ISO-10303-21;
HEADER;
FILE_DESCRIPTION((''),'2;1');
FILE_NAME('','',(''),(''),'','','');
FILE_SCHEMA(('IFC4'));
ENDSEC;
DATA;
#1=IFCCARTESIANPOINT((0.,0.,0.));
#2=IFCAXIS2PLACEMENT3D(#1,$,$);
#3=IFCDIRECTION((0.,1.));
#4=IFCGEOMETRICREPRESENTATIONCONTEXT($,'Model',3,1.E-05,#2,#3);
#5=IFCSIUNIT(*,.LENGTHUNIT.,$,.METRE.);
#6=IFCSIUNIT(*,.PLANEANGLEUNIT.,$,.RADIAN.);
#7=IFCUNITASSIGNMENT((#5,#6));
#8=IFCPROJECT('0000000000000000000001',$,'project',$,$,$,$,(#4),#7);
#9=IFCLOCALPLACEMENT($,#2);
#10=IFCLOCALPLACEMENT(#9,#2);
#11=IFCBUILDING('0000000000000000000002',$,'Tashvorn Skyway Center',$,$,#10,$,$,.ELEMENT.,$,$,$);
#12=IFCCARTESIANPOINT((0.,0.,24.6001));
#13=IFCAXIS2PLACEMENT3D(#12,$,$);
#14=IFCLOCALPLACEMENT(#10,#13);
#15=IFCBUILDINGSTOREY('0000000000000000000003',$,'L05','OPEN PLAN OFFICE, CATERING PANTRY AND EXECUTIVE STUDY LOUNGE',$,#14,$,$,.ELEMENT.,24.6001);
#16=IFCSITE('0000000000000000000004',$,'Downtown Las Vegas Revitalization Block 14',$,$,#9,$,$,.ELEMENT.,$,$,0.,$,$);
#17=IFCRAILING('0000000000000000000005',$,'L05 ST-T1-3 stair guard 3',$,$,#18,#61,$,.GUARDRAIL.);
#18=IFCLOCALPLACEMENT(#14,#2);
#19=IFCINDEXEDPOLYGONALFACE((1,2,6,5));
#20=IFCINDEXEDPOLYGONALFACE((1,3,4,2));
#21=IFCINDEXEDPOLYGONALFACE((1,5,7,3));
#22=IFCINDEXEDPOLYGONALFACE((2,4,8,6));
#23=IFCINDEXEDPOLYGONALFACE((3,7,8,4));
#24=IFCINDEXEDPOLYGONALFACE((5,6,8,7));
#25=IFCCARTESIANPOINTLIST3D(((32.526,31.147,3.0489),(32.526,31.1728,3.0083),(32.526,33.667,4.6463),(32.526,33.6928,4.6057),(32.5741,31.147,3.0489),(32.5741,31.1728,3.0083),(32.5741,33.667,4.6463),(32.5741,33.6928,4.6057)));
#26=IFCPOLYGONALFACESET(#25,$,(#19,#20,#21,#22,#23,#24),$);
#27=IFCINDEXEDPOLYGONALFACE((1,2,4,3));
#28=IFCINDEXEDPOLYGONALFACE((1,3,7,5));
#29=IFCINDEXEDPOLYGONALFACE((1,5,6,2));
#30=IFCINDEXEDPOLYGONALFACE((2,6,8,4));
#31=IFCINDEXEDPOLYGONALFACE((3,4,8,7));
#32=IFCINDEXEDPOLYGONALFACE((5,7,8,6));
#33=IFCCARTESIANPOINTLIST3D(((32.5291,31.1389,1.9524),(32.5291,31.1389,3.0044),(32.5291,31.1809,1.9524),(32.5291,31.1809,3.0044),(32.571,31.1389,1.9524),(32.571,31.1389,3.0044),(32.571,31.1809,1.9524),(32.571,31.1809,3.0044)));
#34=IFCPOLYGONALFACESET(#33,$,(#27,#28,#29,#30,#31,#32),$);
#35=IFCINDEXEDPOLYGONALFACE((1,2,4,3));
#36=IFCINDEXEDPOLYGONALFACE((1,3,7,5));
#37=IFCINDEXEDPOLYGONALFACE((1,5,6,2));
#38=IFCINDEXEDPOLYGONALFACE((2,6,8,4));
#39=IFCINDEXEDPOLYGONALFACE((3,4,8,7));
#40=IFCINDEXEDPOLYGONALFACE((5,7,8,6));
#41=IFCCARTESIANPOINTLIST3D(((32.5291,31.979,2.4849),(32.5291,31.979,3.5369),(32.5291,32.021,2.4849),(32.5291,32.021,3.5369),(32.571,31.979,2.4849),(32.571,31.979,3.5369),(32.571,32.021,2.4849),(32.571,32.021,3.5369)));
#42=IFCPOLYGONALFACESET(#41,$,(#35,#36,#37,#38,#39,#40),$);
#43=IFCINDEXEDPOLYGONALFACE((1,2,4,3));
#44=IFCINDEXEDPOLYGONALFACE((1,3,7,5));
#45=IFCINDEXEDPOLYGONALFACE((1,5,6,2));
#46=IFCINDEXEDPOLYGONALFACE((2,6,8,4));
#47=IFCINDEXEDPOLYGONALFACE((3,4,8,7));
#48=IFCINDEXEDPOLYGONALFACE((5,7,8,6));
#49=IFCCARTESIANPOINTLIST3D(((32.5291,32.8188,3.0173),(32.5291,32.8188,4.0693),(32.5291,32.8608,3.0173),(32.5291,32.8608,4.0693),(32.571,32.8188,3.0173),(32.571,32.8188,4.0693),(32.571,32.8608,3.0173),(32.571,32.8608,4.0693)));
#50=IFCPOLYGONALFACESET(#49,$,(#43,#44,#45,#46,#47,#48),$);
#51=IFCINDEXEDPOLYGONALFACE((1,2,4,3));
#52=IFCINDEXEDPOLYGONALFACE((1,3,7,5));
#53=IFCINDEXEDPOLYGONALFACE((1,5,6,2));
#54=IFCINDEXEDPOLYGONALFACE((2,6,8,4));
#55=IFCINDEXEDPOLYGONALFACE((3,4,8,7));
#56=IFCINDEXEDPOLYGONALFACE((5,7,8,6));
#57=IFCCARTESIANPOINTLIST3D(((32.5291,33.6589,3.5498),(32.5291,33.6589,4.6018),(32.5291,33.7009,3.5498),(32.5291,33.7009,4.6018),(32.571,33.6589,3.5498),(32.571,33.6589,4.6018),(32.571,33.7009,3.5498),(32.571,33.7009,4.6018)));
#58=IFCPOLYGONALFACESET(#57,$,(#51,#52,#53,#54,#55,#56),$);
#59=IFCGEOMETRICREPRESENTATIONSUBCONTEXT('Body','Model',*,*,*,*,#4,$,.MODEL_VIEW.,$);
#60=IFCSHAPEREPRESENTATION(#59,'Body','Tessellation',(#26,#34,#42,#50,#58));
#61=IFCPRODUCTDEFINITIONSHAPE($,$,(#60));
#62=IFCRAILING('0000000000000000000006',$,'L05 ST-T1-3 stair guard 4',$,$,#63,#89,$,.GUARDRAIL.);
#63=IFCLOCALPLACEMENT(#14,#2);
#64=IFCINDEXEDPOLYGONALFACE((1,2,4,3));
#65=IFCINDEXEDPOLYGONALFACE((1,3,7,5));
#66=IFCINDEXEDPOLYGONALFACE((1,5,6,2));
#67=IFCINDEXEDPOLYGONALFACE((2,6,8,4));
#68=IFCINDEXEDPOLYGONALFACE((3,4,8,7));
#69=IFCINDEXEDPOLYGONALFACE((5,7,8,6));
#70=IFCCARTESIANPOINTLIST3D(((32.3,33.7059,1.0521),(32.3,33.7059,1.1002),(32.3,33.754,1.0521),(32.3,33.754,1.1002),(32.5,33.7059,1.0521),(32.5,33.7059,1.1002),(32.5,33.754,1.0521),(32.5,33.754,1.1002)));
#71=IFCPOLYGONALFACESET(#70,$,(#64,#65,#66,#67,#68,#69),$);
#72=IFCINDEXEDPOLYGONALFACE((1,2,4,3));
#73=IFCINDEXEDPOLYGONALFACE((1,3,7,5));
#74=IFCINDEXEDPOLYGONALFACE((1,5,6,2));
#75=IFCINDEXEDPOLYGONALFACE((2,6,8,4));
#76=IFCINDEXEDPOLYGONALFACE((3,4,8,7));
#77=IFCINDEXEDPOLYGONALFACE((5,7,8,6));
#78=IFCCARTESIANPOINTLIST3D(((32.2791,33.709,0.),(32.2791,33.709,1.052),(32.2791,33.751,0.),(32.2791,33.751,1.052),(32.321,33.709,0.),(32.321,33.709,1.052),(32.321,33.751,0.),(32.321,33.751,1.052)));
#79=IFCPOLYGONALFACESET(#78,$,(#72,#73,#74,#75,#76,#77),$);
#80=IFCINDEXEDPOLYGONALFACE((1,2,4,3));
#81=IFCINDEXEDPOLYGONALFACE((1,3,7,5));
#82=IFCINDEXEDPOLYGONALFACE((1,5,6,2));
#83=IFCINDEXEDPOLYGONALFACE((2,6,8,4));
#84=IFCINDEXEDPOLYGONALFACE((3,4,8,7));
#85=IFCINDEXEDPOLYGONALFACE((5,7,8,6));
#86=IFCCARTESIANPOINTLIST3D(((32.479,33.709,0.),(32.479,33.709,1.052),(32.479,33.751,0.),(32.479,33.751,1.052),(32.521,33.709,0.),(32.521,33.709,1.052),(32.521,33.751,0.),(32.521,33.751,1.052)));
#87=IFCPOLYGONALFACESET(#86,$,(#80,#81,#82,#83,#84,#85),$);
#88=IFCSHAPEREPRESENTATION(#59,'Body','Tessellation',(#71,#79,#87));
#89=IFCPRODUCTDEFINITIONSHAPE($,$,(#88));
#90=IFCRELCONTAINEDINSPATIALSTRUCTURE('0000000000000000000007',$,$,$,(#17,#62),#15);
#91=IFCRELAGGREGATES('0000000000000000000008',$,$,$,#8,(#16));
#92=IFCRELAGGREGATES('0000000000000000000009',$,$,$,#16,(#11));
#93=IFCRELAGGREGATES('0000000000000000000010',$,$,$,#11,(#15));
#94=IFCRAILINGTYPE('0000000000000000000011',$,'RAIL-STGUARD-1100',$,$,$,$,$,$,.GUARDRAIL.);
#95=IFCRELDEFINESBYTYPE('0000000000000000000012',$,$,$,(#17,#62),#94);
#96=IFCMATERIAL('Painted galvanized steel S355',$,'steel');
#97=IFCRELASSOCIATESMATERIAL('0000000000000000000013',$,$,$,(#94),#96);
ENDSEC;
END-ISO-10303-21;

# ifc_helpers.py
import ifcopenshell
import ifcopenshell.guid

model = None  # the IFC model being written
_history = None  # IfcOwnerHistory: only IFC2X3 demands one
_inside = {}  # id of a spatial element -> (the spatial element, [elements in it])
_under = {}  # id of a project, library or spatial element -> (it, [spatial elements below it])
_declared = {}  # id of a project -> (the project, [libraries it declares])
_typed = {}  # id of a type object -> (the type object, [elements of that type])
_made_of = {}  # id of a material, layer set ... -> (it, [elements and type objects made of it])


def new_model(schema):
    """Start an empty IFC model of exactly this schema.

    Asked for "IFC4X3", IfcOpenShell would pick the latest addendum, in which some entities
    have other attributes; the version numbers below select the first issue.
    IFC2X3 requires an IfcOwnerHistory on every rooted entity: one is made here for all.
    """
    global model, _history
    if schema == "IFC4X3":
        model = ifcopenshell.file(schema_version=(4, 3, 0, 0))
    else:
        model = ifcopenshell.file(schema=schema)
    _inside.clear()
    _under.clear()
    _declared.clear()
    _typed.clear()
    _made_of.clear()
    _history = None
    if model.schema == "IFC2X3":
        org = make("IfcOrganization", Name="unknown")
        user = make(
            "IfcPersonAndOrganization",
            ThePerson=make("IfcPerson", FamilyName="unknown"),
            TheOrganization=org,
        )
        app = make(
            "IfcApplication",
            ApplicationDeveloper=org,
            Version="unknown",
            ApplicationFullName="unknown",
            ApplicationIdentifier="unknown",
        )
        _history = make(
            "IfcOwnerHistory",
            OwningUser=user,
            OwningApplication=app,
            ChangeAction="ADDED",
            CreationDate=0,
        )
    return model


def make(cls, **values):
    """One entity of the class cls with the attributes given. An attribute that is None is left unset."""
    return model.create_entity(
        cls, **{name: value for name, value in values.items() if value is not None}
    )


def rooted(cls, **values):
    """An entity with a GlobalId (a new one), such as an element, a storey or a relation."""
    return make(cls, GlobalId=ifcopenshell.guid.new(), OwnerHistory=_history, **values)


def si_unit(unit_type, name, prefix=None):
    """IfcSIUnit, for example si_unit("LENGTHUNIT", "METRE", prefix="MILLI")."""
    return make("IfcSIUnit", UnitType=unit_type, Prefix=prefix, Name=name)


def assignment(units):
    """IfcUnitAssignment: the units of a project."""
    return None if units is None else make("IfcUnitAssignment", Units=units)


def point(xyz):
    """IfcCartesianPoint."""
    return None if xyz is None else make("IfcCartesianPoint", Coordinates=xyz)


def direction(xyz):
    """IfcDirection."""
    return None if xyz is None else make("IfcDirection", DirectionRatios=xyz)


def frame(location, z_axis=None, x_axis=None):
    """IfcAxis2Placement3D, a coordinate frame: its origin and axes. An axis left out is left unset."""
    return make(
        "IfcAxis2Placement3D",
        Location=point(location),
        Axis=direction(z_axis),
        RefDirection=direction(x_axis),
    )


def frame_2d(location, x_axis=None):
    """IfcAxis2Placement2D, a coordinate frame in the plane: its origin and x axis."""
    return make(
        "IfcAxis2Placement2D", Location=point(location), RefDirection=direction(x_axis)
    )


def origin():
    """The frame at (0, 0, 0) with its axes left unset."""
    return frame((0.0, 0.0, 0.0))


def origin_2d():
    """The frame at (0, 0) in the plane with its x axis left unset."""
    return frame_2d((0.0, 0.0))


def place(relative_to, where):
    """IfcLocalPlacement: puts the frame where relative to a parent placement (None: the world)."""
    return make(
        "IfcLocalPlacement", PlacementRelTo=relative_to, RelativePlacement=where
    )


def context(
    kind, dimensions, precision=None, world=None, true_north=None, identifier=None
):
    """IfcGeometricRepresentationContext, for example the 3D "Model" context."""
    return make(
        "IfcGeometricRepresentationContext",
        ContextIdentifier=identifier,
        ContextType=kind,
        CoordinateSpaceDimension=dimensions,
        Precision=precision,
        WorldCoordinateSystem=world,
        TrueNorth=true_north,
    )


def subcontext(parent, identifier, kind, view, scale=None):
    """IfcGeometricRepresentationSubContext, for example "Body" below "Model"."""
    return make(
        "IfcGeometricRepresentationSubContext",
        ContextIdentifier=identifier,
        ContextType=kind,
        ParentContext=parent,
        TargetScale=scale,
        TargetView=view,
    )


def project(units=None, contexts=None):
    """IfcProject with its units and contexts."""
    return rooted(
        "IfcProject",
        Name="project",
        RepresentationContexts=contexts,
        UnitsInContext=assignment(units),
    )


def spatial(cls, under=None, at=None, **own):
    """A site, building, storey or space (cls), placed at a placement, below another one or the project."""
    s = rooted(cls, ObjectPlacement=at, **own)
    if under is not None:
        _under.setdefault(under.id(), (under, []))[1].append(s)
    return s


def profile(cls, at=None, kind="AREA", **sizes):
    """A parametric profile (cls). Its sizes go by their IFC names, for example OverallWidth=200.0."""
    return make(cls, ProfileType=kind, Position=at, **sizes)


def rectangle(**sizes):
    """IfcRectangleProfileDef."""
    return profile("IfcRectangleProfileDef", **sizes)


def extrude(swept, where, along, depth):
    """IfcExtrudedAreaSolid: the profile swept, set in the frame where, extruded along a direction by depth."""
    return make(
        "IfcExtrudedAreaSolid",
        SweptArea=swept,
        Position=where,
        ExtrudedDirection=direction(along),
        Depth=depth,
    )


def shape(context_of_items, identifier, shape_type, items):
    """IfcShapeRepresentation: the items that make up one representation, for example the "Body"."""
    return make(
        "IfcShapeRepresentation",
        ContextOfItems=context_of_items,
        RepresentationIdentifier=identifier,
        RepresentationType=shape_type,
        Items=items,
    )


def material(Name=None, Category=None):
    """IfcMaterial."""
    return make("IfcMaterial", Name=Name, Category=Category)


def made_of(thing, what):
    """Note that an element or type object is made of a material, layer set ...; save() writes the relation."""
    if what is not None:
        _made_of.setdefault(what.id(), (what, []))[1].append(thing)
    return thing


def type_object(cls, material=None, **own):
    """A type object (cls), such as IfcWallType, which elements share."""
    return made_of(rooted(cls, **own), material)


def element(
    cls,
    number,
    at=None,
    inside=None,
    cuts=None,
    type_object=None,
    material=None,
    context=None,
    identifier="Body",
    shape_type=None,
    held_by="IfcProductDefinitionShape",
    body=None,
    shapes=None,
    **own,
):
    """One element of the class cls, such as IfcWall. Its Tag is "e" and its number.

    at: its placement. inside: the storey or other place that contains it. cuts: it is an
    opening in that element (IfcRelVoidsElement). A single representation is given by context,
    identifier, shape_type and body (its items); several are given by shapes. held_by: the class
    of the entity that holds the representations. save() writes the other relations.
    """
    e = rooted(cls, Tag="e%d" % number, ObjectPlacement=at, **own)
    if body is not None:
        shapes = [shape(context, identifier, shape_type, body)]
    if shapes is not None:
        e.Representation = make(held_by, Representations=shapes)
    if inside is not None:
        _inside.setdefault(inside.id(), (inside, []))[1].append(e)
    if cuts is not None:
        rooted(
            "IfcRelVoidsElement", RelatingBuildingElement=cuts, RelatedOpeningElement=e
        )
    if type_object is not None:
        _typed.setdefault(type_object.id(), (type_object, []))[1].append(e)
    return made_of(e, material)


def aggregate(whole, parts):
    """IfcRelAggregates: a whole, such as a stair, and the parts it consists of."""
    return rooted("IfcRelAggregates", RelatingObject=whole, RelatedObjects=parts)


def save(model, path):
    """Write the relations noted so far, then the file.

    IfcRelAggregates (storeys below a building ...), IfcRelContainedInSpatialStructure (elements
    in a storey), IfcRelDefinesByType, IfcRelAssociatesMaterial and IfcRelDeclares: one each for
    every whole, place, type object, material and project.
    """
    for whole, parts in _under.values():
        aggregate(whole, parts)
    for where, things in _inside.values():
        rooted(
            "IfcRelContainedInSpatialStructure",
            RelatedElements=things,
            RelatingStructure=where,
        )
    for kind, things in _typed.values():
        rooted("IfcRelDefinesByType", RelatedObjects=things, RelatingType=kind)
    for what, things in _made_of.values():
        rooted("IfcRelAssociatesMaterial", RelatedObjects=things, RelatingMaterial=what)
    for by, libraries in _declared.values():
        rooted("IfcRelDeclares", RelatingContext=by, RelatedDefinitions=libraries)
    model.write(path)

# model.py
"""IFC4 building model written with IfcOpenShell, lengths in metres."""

from ifc_helpers import new_model, si_unit, direction, frame, origin, origin_2d, place, context, subcontext, project, spatial, rectangle, extrude, material, type_object, element, save


model = new_model("IFC4")

# Units and contexts
model_context = context("Model", 3, precision=1e-05, world=origin(), true_north=direction((0.0, 1.0)))
body_context = subcontext(model_context, "Body", "Model", "MODEL_VIEW")
ifc_project = project(units=[si_unit("LENGTHUNIT", "METRE"), si_unit("PLANEANGLEUNIT", "RADIAN")], contexts=[model_context])

# Site, building, storey
site_placement = place(None, origin())
site = spatial("IfcSite", under=ifc_project, at=site_placement, Name="Downtown Las Vegas Revitalization Block 14", CompositionType="ELEMENT", RefElevation=0.0)
building_placement = place(site_placement, origin())
building = spatial("IfcBuilding", under=site, at=building_placement, Name="Tashvorn Skyway Center", CompositionType="ELEMENT")
storey_placement = place(building_placement, frame((0.0, 0.0, 24.6001)))
storey = spatial("IfcBuildingStorey", under=building, at=storey_placement, Name="L05", Description="OPEN PLAN OFFICE, CATERING PANTRY AND EXECUTIVE STUDY LOUNGE", CompositionType="ELEMENT", Elevation=24.6001)

# Railings
ifc_material_1 = material(Name="Painted galvanized steel S355", Category="steel")
railing_type_1 = type_object("IfcRailingType", Name="RAIL-STGUARD-1100", PredefinedType="GUARDRAIL", material=ifc_material_1)
railing_1_placement = place(storey_placement, frame((32.55, 31.1599, 1.9524)))
element("IfcRailing", 1, at=railing_1_placement, inside=storey, type_object=railing_type_1, Name="L05 ST-T1-3 stair guard 3", PredefinedType="GUARDRAIL", context=body_context, shape_type="SweptSolid", body=[
    extrude(rectangle(XDim=0.0481, YDim=0.0481, at=origin_2d()), frame((0.0, 0.0, 1.0762), z_axis=(0.0, 0.844607, 0.535387), x_axis=(-1.0, 0.0, 0.0)), (0.0, 0.0, 1.0), 2.9836),
    extrude(rectangle(XDim=0.042, YDim=0.042, at=origin_2d()), origin(), (0.0, 0.0, 1.0), 1.052),
    extrude(rectangle(XDim=0.042, YDim=0.042, at=origin_2d()), frame((0.0, 0.8401, 0.5325)), (0.0, 0.0, 1.0), 1.052),
    extrude(rectangle(XDim=0.042, YDim=0.042, at=origin_2d()), frame((0.0, 1.6799, 1.0649)), (0.0, 0.0, 1.0), 1.052),
    extrude(rectangle(XDim=0.042, YDim=0.042, at=origin_2d()), frame((0.0, 2.52, 1.5974)), (0.0, 0.0, 1.0), 1.052),
])
railing_2_placement = place(storey_placement, frame((32.3, 33.73, 0.0)))
element("IfcRailing", 2, at=railing_2_placement, inside=storey, type_object=railing_type_1, Name="L05 ST-T1-3 stair guard 4", PredefinedType="GUARDRAIL", context=body_context, shape_type="SweptSolid", body=[
    extrude(rectangle(XDim=0.0481, YDim=0.0481, at=origin_2d()), frame((0.0, 0.0, 1.0762), z_axis=(1.0, 0.0, 0.0), x_axis=(0.0, 1.0, 0.0)), (0.0, 0.0, 1.0), 0.2),
    extrude(rectangle(XDim=0.042, YDim=0.042, at=origin_2d()), origin(), (0.0, 0.0, 1.0), 1.052),
    extrude(rectangle(XDim=0.042, YDim=0.042, at=origin_2d()), frame((0.2, 0.0, 0.0)), (0.0, 0.0, 1.0), 1.052),
])

save(model, "model.ifc")
